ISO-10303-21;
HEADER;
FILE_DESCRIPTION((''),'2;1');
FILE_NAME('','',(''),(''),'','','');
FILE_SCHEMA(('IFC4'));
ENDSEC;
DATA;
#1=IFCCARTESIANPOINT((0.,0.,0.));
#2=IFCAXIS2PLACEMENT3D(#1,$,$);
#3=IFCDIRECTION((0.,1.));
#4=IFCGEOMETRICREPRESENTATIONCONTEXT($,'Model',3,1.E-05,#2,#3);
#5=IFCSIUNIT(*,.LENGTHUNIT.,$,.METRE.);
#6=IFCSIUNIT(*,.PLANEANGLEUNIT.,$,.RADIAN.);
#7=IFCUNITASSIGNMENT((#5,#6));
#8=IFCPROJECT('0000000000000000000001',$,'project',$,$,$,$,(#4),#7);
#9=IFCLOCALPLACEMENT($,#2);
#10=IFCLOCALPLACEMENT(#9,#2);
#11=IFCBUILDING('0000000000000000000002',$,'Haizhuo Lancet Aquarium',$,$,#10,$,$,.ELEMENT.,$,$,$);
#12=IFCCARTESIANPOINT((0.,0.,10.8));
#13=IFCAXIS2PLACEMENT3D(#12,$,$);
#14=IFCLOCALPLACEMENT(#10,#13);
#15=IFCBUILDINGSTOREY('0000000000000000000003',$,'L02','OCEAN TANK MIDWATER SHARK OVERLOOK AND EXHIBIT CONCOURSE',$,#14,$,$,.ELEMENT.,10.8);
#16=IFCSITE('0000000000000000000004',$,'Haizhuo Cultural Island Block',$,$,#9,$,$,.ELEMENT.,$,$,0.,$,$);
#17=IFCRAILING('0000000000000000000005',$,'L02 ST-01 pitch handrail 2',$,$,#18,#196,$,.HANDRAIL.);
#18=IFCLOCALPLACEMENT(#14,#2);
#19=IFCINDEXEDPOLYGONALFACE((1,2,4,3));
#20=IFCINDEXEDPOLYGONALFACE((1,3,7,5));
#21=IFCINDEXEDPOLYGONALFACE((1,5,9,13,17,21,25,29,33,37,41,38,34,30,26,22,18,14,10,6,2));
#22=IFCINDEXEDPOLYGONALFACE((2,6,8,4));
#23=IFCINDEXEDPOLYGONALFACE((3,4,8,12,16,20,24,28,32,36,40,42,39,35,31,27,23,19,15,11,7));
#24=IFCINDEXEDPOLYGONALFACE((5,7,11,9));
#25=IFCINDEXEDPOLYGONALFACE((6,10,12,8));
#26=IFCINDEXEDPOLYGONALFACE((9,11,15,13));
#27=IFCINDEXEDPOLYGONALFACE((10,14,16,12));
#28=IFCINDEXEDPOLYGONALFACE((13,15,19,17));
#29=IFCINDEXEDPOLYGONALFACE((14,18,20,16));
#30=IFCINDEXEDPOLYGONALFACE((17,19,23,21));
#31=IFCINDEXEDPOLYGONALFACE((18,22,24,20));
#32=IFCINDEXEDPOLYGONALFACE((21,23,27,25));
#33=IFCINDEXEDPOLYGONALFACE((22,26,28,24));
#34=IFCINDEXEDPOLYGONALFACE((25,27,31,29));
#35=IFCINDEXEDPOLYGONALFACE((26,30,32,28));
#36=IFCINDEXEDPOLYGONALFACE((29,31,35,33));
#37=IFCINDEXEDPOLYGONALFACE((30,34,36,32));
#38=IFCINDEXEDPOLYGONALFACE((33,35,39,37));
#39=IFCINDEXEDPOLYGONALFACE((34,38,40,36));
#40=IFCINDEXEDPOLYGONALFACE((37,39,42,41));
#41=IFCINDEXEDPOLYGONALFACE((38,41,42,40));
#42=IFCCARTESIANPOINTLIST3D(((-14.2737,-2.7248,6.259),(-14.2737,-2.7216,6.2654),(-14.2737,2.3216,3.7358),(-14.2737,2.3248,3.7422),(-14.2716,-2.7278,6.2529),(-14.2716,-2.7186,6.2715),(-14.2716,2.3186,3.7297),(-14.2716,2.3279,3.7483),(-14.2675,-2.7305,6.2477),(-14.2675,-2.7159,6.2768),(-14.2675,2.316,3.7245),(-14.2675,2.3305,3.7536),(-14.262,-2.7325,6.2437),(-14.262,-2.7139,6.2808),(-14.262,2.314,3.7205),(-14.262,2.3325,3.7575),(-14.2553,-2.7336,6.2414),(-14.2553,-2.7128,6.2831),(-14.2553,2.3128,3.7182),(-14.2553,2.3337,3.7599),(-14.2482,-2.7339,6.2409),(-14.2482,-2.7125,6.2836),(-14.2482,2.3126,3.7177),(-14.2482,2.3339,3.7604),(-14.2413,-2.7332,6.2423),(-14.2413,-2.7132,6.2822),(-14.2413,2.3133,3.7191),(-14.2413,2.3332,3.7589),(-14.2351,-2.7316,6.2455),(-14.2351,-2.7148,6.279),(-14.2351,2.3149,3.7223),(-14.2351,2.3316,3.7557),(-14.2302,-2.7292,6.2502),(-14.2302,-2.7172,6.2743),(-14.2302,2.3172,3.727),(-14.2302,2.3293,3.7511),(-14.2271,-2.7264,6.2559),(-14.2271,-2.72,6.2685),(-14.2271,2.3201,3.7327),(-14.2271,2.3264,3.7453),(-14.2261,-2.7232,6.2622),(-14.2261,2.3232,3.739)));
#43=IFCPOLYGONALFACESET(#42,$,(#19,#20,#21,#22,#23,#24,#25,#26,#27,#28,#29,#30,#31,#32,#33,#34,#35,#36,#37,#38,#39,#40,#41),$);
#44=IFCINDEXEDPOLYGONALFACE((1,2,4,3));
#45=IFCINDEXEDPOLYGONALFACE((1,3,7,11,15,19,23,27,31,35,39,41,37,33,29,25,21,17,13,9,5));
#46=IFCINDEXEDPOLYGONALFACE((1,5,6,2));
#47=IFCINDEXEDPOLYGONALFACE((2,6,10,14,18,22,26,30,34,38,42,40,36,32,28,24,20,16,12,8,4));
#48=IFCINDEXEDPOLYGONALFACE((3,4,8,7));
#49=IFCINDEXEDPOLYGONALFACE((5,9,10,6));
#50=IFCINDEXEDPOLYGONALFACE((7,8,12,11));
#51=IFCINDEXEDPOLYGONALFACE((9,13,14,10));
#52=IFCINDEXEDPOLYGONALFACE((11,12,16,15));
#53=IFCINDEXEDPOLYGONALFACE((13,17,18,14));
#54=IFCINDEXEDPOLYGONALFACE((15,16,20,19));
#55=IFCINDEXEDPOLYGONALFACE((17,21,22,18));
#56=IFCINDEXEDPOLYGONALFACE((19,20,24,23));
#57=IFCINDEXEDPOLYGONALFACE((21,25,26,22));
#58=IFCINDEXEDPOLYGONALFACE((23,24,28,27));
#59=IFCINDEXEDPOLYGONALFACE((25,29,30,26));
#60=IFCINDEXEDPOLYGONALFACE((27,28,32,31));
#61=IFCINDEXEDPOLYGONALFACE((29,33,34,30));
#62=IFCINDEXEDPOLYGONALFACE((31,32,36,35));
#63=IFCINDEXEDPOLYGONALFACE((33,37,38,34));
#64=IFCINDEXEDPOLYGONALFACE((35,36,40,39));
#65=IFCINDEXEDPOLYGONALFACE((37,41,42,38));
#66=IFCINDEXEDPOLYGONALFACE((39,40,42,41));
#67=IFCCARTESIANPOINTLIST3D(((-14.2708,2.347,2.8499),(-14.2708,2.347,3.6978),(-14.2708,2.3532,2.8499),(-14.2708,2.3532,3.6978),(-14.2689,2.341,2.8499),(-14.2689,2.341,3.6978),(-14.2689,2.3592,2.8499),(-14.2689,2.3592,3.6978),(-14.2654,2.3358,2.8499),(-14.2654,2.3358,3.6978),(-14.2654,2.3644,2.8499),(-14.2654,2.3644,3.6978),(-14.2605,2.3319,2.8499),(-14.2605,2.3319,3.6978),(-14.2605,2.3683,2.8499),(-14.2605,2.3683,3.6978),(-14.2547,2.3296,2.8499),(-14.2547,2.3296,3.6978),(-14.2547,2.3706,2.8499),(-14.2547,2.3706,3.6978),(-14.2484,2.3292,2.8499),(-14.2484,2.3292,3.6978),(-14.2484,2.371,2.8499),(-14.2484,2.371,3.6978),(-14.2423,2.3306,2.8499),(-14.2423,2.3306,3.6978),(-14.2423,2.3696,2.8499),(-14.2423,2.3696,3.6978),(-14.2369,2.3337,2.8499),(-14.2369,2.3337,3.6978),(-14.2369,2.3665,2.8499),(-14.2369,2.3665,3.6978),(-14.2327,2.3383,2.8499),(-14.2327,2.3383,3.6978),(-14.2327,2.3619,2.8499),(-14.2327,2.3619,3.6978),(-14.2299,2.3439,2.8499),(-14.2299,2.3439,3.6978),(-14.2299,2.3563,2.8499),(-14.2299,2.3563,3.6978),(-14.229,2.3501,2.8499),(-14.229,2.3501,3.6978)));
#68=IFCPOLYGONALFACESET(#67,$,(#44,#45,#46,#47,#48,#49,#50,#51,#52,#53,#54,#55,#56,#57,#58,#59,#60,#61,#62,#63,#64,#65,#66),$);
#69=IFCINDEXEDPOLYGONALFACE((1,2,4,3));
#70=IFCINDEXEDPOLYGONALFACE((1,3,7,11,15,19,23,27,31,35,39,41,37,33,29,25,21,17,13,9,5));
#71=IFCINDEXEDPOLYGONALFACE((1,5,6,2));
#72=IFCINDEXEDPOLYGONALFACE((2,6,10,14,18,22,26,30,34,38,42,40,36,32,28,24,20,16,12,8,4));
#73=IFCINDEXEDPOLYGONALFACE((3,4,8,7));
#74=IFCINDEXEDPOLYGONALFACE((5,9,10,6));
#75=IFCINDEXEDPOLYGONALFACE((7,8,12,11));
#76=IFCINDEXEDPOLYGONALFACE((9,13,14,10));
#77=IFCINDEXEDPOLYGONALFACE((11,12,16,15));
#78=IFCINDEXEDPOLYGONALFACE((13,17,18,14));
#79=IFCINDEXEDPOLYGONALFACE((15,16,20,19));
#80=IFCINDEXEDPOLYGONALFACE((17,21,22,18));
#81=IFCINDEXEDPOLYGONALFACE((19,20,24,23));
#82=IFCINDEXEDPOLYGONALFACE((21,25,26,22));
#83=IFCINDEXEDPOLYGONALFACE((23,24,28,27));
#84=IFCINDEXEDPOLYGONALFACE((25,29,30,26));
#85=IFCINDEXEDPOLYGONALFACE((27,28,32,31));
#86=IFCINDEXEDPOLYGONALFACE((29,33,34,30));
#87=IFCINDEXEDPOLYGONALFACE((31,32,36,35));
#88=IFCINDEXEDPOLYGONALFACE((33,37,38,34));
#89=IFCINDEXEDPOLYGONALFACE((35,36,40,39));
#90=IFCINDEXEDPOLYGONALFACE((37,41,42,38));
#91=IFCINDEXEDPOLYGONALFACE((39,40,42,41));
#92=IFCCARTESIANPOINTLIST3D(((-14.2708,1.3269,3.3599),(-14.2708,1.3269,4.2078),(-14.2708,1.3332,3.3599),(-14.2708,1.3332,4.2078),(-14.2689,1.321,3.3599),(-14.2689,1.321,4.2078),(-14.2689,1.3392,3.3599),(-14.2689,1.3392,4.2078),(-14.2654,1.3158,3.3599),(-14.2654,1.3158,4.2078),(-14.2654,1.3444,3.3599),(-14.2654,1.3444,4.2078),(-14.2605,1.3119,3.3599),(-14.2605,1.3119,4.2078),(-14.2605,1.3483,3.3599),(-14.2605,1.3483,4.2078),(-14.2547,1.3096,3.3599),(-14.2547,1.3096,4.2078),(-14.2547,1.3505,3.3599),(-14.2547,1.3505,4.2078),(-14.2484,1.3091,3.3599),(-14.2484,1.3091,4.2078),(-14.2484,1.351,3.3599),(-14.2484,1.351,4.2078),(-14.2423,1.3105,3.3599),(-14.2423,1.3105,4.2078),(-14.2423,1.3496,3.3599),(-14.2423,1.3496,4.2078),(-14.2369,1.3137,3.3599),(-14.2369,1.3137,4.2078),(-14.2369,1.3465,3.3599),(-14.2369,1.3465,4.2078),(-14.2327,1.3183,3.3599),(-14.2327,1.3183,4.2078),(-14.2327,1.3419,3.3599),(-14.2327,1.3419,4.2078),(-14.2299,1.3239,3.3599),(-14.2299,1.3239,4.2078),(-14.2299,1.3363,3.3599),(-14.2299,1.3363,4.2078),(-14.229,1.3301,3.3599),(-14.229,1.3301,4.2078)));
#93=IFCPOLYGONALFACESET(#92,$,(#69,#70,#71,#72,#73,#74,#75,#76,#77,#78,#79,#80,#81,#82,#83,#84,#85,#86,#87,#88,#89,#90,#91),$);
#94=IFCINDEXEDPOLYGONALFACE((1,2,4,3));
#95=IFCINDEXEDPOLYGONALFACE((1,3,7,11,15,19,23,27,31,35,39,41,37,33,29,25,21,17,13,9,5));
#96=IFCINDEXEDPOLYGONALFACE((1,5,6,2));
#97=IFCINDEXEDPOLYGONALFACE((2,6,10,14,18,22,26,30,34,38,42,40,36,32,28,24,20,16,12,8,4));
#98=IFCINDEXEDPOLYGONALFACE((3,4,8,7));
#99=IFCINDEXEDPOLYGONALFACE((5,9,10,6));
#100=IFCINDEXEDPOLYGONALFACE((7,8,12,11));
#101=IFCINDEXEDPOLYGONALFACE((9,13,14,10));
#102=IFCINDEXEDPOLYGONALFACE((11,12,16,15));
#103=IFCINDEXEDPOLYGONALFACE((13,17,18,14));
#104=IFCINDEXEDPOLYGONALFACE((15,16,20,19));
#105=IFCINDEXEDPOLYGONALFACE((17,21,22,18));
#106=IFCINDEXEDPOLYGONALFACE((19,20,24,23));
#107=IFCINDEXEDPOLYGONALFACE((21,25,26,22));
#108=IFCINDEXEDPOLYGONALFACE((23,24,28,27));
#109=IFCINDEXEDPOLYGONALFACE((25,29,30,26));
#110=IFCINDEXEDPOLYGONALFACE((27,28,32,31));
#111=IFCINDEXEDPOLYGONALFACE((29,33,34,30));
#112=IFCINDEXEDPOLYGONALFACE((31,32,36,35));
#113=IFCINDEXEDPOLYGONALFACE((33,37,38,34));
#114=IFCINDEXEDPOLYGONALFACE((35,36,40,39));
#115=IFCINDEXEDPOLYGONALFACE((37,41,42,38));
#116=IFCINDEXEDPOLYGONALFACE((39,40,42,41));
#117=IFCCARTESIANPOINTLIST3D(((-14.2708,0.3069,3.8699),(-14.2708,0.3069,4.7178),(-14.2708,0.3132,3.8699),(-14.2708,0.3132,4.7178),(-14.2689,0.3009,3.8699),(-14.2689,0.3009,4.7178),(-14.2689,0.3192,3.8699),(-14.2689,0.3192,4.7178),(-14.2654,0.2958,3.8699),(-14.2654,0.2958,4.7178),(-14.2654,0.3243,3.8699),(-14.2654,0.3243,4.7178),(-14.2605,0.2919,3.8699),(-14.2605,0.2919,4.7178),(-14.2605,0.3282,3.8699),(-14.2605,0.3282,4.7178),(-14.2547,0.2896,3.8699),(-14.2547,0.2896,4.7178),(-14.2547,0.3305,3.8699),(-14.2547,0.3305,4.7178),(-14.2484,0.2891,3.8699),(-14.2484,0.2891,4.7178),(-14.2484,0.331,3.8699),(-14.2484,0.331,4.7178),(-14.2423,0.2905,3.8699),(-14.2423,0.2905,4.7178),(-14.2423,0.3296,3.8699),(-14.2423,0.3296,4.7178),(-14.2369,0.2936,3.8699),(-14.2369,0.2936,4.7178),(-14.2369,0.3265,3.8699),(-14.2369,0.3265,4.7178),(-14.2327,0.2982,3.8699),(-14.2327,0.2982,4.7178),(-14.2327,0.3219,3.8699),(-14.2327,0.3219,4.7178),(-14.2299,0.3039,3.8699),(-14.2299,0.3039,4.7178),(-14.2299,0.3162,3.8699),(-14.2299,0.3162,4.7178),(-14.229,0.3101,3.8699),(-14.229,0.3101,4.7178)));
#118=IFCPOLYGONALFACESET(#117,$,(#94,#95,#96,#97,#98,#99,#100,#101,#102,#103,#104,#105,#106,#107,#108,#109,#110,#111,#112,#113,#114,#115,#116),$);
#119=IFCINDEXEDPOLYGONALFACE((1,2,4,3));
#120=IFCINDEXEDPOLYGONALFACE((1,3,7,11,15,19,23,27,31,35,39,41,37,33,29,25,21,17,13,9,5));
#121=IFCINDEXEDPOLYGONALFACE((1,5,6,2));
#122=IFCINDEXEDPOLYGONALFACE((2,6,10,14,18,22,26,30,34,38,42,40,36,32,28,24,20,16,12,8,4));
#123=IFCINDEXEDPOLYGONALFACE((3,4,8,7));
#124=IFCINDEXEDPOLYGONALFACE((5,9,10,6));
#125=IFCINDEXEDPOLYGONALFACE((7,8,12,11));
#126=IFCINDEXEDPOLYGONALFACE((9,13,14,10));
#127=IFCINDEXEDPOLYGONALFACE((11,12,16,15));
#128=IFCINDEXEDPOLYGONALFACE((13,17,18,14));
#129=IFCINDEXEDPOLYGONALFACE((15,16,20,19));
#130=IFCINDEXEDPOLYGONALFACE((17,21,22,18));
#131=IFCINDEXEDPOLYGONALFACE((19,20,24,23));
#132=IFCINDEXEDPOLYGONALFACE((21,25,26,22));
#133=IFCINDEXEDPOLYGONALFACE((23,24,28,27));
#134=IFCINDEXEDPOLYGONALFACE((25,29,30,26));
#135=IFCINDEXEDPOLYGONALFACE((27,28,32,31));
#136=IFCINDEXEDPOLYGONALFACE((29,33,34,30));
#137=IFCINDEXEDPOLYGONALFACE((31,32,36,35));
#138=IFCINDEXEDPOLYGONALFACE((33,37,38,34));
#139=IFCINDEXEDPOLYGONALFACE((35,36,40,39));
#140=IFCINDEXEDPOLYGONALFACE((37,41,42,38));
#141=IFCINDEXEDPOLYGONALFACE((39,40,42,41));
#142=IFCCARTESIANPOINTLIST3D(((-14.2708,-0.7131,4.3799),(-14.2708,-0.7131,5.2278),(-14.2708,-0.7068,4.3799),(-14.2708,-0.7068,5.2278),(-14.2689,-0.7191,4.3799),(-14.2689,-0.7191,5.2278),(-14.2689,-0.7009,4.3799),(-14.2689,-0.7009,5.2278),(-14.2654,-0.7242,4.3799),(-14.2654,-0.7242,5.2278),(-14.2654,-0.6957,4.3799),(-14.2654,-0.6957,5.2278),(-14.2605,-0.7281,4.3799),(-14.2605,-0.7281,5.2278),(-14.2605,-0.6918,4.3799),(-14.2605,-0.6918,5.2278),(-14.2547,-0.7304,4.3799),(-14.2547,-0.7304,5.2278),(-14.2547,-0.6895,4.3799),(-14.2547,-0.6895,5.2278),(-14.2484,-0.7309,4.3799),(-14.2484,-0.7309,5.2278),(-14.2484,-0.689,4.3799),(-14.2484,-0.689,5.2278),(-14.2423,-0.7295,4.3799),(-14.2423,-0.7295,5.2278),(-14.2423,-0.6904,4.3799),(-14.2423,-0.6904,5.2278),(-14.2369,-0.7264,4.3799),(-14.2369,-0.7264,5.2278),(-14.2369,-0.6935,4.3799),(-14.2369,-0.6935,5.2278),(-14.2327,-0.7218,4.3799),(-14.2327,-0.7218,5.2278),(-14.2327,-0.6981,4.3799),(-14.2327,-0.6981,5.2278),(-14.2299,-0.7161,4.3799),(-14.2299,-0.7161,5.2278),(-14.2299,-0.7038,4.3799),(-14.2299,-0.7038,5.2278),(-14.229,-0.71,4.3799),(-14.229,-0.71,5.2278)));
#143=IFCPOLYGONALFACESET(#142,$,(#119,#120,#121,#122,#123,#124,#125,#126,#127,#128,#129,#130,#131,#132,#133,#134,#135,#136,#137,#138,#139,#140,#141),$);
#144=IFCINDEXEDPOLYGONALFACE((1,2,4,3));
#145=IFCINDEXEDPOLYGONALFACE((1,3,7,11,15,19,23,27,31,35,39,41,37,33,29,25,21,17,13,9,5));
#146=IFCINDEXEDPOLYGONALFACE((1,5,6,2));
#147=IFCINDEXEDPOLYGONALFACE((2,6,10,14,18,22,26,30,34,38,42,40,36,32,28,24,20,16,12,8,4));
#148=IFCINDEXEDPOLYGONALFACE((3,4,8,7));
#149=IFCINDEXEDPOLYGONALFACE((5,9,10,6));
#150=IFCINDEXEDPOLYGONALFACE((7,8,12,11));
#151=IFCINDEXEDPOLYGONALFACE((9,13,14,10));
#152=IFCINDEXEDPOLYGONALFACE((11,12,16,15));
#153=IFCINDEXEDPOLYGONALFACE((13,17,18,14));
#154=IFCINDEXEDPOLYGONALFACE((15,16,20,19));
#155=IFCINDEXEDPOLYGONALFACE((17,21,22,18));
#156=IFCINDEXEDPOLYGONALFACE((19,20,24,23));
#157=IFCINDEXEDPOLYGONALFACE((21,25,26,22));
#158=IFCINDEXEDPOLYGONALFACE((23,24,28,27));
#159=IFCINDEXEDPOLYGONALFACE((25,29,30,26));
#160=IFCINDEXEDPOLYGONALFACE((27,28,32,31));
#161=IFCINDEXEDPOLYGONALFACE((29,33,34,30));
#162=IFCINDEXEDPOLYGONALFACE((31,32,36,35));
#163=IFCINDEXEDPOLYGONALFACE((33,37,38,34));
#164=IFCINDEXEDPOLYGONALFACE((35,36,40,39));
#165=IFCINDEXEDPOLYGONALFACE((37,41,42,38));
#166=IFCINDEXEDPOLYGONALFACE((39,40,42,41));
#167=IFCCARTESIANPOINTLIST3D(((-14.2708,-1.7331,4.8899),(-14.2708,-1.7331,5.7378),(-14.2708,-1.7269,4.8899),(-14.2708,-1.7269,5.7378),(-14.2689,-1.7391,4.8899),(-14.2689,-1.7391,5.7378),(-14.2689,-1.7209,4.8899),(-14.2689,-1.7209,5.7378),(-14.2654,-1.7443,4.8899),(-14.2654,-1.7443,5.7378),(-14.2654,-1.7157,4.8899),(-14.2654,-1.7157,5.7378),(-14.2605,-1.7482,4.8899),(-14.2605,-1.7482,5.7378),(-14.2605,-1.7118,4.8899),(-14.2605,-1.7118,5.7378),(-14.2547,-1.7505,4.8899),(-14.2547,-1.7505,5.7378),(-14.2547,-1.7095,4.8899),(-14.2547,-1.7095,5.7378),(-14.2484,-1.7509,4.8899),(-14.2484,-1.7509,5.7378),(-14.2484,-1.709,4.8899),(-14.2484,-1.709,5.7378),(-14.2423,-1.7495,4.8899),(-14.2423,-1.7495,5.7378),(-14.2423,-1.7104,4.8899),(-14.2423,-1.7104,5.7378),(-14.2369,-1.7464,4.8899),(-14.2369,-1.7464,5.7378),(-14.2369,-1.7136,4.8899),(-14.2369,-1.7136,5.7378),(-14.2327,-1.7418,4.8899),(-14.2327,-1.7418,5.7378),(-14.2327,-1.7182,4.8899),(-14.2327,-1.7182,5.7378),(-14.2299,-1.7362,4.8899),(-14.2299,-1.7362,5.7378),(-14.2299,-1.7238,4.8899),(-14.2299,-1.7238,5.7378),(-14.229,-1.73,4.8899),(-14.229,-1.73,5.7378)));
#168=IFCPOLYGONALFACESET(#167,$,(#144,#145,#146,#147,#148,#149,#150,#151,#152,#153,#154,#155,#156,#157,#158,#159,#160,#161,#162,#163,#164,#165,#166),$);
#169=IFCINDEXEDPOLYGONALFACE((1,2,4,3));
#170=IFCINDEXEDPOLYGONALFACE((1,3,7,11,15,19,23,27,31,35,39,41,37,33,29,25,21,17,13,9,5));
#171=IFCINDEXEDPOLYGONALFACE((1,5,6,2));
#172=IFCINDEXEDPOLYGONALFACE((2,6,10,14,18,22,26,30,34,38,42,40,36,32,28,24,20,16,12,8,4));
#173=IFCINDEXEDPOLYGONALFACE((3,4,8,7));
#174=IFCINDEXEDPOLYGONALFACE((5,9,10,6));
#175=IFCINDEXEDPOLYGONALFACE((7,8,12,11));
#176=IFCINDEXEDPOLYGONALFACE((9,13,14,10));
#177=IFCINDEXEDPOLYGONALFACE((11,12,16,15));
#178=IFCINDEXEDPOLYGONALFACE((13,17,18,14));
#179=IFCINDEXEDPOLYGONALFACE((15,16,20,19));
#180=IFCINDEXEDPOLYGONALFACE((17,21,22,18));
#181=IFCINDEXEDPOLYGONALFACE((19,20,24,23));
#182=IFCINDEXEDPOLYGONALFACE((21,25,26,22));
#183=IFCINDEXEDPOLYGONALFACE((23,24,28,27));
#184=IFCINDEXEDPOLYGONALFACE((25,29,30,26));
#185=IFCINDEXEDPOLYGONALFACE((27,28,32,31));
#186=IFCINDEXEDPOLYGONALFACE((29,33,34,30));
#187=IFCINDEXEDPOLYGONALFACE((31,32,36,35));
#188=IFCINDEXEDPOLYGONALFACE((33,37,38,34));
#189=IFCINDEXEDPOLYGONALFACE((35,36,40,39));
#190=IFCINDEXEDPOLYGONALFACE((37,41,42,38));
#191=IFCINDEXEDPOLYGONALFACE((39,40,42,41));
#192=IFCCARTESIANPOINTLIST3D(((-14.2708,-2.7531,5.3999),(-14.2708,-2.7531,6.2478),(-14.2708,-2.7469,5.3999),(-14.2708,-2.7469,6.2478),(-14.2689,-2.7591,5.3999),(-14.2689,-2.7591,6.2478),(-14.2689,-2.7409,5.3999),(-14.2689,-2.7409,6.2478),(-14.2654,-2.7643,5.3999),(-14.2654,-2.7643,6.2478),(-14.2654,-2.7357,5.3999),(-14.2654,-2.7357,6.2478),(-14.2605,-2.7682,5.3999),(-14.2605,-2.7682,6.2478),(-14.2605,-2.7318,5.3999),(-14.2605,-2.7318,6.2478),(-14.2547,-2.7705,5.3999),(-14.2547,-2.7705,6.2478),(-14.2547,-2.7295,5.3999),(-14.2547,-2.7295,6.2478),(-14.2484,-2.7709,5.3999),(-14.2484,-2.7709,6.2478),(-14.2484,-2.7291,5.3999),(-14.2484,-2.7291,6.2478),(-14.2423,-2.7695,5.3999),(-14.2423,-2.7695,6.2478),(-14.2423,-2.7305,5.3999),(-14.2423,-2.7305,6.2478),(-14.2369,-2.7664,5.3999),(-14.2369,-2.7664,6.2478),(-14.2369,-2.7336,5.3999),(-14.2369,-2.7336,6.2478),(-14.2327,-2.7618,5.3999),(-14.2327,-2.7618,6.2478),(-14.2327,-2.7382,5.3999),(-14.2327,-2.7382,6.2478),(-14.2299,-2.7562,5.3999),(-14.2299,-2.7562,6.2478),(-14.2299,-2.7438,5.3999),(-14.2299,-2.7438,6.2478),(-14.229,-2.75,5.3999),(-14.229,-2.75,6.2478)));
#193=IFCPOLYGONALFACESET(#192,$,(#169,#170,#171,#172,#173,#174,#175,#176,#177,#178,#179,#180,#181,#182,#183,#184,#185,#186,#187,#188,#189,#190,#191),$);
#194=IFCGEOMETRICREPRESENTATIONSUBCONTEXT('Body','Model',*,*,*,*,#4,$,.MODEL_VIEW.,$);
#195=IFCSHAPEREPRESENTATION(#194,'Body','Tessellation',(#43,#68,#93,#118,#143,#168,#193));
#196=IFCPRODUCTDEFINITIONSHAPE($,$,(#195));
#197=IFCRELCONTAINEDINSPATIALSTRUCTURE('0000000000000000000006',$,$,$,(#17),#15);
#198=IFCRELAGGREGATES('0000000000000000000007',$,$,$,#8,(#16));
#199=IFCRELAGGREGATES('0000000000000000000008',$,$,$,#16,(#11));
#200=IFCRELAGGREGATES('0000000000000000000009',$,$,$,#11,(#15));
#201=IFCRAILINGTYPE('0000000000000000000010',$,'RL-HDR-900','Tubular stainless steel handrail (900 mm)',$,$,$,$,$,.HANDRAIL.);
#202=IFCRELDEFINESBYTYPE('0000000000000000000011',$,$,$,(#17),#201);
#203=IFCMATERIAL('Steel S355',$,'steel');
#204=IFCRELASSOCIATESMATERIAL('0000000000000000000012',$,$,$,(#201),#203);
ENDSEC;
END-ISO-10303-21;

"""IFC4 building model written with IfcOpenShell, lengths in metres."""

from ifc_helpers import new_model, si_unit, direction, frame, origin, origin_2d, place, context, subcontext, project, spatial, circle, extrude, material, type_object, element, save


model = new_model("IFC4")

# Units and contexts
model_context = context("Model", 3, precision=1e-05, world=origin(), true_north=direction((0.0, 1.0)))
body_context = subcontext(model_context, "Body", "Model", "MODEL_VIEW")
ifc_project = project(units=[si_unit("LENGTHUNIT", "METRE"), si_unit("PLANEANGLEUNIT", "RADIAN")], contexts=[model_context])

# Site, building, storey
site_placement = place(None, origin())
site = spatial("IfcSite", under=ifc_project, at=site_placement, Name="Haizhuo Cultural Island Block", CompositionType="ELEMENT", RefElevation=0.0)
building_placement = place(site_placement, origin())
building = spatial("IfcBuilding", under=site, at=building_placement, Name="Haizhuo Lancet Aquarium", CompositionType="ELEMENT")
storey_placement = place(building_placement, frame((0.0, 0.0, 10.8)))
storey = spatial("IfcBuildingStorey", under=building, at=storey_placement, Name="L02", Description="OCEAN TANK MIDWATER SHARK OVERLOOK AND EXHIBIT CONCOURSE", CompositionType="ELEMENT", Elevation=10.8)

# Shared definitions
ifc_material_1 = material(Name="Steel S355", Category="steel")

# Railing
railing_type_1 = type_object("IfcRailingType", Name="RL-HDR-900", Description="Tubular stainless steel handrail (900 mm)", PredefinedType="HANDRAIL", material=ifc_material_1)
railing_1_placement = place(storey_placement, frame((-14.25, 2.3501, 2.8499)))
element("IfcRailing", 1, at=railing_1_placement, inside=storey, type_object=railing_type_1, Name="L02 ST-01 pitch handrail 2", PredefinedType="HANDRAIL", context=body_context, shape_type="SweptSolid", body=[
    extrude(circle(Radius=0.0239, at=origin_2d()), frame((0.0, -0.0269, 0.8892), z_axis=(0.0, -0.894427, 0.447214), x_axis=(1.0, 0.0, 0.0)), (0.0, 0.0, 1.0), 5.6421),
    extrude(circle(Radius=0.021, at=origin_2d()), origin(), (0.0, 0.0, 1.0), 0.8479),
    extrude(circle(Radius=0.021, at=origin_2d()), frame((0.0, -1.02, 0.51)), (0.0, 0.0, 1.0), 0.8479),
    extrude(circle(Radius=0.021, at=origin_2d()), frame((0.0, -2.04, 1.02)), (0.0, 0.0, 1.0), 0.8479),
    extrude(circle(Radius=0.021, at=origin_2d()), frame((0.0, -3.0601, 1.53)), (0.0, 0.0, 1.0), 0.8479),
    extrude(circle(Radius=0.021, at=origin_2d()), frame((0.0, -4.0801, 2.04)), (0.0, 0.0, 1.0), 0.8479),
    extrude(circle(Radius=0.021, at=origin_2d()), frame((0.0, -5.1001, 2.55)), (0.0, 0.0, 1.0), 0.8479),
])

save(model, "model.ifc")
